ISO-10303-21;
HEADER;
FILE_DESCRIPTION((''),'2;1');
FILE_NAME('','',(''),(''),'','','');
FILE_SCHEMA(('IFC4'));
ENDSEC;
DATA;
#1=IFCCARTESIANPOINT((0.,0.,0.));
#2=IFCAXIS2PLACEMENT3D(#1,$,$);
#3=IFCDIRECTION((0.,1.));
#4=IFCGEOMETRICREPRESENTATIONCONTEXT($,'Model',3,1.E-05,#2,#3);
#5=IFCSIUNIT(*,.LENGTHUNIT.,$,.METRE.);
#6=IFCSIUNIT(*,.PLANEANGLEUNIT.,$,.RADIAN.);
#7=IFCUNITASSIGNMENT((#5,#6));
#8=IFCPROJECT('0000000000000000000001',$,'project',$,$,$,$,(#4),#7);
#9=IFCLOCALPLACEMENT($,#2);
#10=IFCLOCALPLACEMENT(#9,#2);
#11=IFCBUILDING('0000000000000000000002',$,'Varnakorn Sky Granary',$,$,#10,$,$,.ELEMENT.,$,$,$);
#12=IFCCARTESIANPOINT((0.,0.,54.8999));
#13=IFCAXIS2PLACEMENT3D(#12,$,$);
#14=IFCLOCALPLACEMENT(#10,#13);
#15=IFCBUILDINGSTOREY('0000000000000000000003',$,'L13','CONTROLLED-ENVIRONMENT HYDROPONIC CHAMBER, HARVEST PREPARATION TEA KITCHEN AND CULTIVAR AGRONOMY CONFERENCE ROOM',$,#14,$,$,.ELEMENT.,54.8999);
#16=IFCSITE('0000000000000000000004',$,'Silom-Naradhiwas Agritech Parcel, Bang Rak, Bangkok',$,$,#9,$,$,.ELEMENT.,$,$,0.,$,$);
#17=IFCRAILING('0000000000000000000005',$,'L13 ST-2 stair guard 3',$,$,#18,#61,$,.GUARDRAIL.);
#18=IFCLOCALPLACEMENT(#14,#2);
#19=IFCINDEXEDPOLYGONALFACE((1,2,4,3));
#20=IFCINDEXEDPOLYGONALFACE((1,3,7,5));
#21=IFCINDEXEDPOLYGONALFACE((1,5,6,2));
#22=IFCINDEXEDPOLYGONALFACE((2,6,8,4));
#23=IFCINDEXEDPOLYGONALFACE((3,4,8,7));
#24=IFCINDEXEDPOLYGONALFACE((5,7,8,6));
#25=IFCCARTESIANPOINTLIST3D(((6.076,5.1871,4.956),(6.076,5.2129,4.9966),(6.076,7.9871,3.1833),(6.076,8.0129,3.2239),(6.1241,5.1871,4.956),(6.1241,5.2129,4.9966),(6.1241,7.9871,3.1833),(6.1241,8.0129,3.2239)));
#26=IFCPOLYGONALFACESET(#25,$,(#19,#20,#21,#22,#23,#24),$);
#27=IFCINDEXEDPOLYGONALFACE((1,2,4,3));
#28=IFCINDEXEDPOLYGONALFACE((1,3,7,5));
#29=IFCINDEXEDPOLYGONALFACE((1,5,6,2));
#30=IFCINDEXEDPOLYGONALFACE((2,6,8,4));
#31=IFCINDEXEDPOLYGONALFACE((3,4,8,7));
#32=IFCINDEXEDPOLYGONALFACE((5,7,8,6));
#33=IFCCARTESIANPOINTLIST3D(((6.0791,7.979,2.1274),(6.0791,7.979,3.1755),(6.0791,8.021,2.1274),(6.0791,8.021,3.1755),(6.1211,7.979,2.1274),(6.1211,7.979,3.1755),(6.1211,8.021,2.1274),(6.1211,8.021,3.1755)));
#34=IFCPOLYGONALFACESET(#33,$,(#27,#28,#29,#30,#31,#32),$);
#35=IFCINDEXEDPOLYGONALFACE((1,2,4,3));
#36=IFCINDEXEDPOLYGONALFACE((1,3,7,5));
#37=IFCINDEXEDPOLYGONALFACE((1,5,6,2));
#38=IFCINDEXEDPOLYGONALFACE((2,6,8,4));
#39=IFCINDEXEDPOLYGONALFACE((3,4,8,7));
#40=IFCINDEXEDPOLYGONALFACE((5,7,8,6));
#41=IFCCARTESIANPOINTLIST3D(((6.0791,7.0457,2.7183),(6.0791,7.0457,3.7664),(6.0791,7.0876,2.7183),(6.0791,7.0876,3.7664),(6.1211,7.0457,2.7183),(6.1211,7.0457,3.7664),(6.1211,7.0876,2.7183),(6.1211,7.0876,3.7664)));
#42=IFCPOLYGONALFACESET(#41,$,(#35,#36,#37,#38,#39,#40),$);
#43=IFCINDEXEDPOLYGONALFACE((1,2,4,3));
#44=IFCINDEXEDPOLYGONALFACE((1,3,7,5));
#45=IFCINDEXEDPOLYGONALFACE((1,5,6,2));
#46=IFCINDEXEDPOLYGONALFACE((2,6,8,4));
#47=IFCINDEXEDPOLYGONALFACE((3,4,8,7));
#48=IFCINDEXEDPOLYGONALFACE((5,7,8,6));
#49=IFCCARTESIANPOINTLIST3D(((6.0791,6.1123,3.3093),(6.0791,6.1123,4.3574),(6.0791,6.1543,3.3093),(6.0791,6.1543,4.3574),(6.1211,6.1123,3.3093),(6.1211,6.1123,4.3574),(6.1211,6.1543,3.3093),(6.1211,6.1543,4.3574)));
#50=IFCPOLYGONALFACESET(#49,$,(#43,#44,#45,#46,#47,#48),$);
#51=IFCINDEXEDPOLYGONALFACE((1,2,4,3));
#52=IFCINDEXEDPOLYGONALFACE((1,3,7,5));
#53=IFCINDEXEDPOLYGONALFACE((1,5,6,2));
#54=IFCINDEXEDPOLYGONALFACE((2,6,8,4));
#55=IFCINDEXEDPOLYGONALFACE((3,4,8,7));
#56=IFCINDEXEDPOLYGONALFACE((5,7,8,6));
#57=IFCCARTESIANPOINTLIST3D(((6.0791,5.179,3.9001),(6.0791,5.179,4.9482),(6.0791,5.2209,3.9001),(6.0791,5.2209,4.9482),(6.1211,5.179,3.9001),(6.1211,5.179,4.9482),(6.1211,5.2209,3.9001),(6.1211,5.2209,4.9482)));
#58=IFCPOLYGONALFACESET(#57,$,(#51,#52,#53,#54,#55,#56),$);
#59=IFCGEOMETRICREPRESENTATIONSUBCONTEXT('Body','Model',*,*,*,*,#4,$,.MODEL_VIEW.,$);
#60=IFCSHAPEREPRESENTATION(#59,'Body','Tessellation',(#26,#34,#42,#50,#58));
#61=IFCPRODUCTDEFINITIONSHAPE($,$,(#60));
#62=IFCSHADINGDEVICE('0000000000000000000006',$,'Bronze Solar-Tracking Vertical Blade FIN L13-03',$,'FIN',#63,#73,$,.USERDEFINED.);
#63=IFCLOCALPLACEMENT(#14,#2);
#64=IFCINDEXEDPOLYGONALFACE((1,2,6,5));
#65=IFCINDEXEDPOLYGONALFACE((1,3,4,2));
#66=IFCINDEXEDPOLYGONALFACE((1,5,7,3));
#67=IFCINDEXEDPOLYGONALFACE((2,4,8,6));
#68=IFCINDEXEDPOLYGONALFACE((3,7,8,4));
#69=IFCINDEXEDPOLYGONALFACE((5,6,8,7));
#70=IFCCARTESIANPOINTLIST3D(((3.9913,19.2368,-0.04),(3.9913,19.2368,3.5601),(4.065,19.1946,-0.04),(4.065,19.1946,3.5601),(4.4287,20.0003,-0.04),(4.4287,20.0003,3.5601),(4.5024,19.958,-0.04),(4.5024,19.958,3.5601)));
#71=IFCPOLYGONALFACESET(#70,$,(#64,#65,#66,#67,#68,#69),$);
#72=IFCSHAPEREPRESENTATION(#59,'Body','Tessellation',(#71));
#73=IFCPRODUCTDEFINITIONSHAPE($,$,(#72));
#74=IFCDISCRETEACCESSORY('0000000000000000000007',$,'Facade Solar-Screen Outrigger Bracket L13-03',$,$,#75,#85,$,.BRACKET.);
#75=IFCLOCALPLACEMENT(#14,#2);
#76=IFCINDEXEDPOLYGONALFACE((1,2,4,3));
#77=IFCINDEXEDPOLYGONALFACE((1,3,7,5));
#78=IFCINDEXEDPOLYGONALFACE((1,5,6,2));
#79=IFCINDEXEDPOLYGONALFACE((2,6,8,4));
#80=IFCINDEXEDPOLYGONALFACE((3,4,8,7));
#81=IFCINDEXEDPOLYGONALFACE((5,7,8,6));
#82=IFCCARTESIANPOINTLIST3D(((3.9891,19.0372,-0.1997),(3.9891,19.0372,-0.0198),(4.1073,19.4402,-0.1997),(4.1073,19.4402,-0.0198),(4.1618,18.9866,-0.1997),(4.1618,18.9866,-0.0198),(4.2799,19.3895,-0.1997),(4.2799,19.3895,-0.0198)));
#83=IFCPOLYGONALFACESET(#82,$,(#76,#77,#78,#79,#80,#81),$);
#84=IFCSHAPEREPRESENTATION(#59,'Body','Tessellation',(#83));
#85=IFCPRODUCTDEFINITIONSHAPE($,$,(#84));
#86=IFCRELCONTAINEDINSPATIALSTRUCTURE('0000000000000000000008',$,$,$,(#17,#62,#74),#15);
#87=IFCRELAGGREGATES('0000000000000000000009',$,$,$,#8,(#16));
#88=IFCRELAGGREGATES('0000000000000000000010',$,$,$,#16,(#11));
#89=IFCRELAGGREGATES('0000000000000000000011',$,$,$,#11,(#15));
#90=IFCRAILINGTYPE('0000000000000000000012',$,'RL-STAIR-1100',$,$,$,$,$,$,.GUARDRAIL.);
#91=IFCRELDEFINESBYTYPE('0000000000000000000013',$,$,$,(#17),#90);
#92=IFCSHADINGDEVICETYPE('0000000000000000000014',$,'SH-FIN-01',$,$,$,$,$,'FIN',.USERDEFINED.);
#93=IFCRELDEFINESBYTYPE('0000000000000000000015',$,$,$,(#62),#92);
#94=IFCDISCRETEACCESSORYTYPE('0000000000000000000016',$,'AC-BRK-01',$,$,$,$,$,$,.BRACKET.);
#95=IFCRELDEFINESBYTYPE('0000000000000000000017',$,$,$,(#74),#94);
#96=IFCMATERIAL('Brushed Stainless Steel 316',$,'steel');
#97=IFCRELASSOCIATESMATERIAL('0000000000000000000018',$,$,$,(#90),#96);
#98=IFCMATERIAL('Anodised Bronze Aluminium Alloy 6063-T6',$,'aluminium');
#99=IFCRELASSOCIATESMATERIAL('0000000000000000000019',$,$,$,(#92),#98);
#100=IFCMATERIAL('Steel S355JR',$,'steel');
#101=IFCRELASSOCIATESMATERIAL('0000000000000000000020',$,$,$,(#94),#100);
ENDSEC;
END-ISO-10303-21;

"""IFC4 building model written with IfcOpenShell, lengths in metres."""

from ifc_helpers import new_model, si_unit, direction, frame, origin, origin_2d, place, context, subcontext, project, spatial, rectangle, extrude, source, transform, mapped, material, type_object, type_shapes, element, save


model = new_model("IFC4")

# Units and contexts
model_context = context("Model", 3, precision=1e-05, world=origin(), true_north=direction((0.0, 1.0)))
body_context = subcontext(model_context, "Body", "Model", "MODEL_VIEW")
ifc_project = project(units=[si_unit("LENGTHUNIT", "METRE"), si_unit("PLANEANGLEUNIT", "RADIAN")], contexts=[model_context])

# Site, building, storey
site_placement = place(None, origin())
site = spatial("IfcSite", under=ifc_project, at=site_placement, Name="Silom-Naradhiwas Agritech Parcel, Bang Rak, Bangkok", CompositionType="ELEMENT", RefElevation=0.0)
building_placement = place(site_placement, origin())
building = spatial("IfcBuilding", under=site, at=building_placement, Name="Varnakorn Sky Granary", CompositionType="ELEMENT")
storey_placement = place(building_placement, frame((0.0, 0.0, 54.8999)))
storey = spatial("IfcBuildingStorey", under=building, at=storey_placement, Name="L13", Description="CONTROLLED-ENVIRONMENT HYDROPONIC CHAMBER, HARVEST PREPARATION TEA KITCHEN AND CULTIVAR AGRONOMY CONFERENCE ROOM", CompositionType="ELEMENT", Elevation=54.8999)

# Shared definitions
ifc_material_1 = material(Name="Steel S355JR", Category="steel")

# Railing
ifc_material_2 = material(Name="Brushed Stainless Steel 316", Category="steel")
railing_type = type_object("IfcRailingType", Name="RL-STAIR-1100", PredefinedType="GUARDRAIL", material=ifc_material_2)
railing_placement = place(storey_placement, frame((6.1001, 8.0, 2.1274)))
element("IfcRailing", 1, at=railing_placement, inside=storey, type_object=railing_type, Name="L13 ST-2 stair guard 3", PredefinedType="GUARDRAIL", context=body_context, shape_type="SweptSolid", body=[
    extrude(rectangle(XDim=0.0481, YDim=0.0481, at=origin_2d()), frame((0.0, 0.0, 1.0762), z_axis=(0.0, -0.844909, 0.53491), x_axis=(1.0, 0.0, 0.0)), (0.0, 0.0, 1.0), 3.314),
    extrude(rectangle(XDim=0.042, YDim=0.042, at=origin_2d()), origin(), (0.0, 0.0, 1.0), 1.0481),
    extrude(rectangle(XDim=0.042, YDim=0.042, at=origin_2d()), frame((0.0, -0.9333, 0.5908)), (0.0, 0.0, 1.0), 1.0481),
    extrude(rectangle(XDim=0.042, YDim=0.042, at=origin_2d()), frame((0.0, -1.8667, 1.1819)), (0.0, 0.0, 1.0), 1.0481),
    extrude(rectangle(XDim=0.042, YDim=0.042, at=origin_2d()), frame((0.0, -2.8, 1.7727)), (0.0, 0.0, 1.0), 1.0481),
])

# Shading device
ifc_material_3 = material(Name="Anodised Bronze Aluminium Alloy 6063-T6", Category="aluminium")
shading_device_type = type_object("IfcShadingDeviceType", Name="SH-FIN-01", ElementType="FIN", PredefinedType="USERDEFINED", material=ifc_material_3)
shared_shape_1 = source(origin(), body_context, "Body", "SweptSolid", [
    extrude(rectangle(XDim=0.085, YDim=0.8799, at=origin_2d()), origin(), (0.0, 0.0, 1.0), 3.6001),
])
type_shapes(shading_device_type, [shared_shape_1])
shading_device_placement = place(storey_placement, frame((4.2468, 19.5974, -0.04), z_axis=(0.0, 0.0, 1.0), x_axis=(-0.86768, 0.497123, 0.0)))
element("IfcShadingDevice", 2, at=shading_device_placement, inside=storey, type_object=shading_device_type, Name="Bronze Solar-Tracking Vertical Blade FIN L13-03", ObjectType="FIN", PredefinedType="USERDEFINED", context=body_context, shape_type="MappedRepresentation", body=[
    mapped(shared_shape_1, transform((0.0, 0.0, 0.0), x_axis=(1.0, 0.0, 0.0), y_axis=(0.0, 1.0, 0.0), z_axis=(0.0, 0.0, 1.0), scale=1.0)),
])

# Discrete accessory
discrete_accessory_type = type_object("IfcDiscreteAccessoryType", Name="AC-BRK-01", PredefinedType="BRACKET", material=ifc_material_1)
shared_shape_2 = source(origin(), body_context, "Body", "SweptSolid", [
    extrude(rectangle(XDim=0.1799, YDim=0.4199, at=origin_2d()), origin(), (0.0, 0.0, 1.0), 0.1799),
])
type_shapes(discrete_accessory_type, [shared_shape_2])
discrete_accessory_placement = place(storey_placement, frame((4.1345, 19.2134, -0.1997), z_axis=(0.0, 0.0, 1.0), x_axis=(-0.95959, 0.281401, 0.0)))
element("IfcDiscreteAccessory", 3, at=discrete_accessory_placement, inside=storey, type_object=discrete_accessory_type, Name="Facade Solar-Screen Outrigger Bracket L13-03", PredefinedType="BRACKET", context=body_context, shape_type="MappedRepresentation", body=[
    mapped(shared_shape_2, transform((0.0, 0.0, 0.0), x_axis=(1.0, 0.0, 0.0), y_axis=(0.0, 1.0, 0.0), z_axis=(0.0, 0.0, 1.0), scale=1.0)),
])

save(model, "model.ifc")
